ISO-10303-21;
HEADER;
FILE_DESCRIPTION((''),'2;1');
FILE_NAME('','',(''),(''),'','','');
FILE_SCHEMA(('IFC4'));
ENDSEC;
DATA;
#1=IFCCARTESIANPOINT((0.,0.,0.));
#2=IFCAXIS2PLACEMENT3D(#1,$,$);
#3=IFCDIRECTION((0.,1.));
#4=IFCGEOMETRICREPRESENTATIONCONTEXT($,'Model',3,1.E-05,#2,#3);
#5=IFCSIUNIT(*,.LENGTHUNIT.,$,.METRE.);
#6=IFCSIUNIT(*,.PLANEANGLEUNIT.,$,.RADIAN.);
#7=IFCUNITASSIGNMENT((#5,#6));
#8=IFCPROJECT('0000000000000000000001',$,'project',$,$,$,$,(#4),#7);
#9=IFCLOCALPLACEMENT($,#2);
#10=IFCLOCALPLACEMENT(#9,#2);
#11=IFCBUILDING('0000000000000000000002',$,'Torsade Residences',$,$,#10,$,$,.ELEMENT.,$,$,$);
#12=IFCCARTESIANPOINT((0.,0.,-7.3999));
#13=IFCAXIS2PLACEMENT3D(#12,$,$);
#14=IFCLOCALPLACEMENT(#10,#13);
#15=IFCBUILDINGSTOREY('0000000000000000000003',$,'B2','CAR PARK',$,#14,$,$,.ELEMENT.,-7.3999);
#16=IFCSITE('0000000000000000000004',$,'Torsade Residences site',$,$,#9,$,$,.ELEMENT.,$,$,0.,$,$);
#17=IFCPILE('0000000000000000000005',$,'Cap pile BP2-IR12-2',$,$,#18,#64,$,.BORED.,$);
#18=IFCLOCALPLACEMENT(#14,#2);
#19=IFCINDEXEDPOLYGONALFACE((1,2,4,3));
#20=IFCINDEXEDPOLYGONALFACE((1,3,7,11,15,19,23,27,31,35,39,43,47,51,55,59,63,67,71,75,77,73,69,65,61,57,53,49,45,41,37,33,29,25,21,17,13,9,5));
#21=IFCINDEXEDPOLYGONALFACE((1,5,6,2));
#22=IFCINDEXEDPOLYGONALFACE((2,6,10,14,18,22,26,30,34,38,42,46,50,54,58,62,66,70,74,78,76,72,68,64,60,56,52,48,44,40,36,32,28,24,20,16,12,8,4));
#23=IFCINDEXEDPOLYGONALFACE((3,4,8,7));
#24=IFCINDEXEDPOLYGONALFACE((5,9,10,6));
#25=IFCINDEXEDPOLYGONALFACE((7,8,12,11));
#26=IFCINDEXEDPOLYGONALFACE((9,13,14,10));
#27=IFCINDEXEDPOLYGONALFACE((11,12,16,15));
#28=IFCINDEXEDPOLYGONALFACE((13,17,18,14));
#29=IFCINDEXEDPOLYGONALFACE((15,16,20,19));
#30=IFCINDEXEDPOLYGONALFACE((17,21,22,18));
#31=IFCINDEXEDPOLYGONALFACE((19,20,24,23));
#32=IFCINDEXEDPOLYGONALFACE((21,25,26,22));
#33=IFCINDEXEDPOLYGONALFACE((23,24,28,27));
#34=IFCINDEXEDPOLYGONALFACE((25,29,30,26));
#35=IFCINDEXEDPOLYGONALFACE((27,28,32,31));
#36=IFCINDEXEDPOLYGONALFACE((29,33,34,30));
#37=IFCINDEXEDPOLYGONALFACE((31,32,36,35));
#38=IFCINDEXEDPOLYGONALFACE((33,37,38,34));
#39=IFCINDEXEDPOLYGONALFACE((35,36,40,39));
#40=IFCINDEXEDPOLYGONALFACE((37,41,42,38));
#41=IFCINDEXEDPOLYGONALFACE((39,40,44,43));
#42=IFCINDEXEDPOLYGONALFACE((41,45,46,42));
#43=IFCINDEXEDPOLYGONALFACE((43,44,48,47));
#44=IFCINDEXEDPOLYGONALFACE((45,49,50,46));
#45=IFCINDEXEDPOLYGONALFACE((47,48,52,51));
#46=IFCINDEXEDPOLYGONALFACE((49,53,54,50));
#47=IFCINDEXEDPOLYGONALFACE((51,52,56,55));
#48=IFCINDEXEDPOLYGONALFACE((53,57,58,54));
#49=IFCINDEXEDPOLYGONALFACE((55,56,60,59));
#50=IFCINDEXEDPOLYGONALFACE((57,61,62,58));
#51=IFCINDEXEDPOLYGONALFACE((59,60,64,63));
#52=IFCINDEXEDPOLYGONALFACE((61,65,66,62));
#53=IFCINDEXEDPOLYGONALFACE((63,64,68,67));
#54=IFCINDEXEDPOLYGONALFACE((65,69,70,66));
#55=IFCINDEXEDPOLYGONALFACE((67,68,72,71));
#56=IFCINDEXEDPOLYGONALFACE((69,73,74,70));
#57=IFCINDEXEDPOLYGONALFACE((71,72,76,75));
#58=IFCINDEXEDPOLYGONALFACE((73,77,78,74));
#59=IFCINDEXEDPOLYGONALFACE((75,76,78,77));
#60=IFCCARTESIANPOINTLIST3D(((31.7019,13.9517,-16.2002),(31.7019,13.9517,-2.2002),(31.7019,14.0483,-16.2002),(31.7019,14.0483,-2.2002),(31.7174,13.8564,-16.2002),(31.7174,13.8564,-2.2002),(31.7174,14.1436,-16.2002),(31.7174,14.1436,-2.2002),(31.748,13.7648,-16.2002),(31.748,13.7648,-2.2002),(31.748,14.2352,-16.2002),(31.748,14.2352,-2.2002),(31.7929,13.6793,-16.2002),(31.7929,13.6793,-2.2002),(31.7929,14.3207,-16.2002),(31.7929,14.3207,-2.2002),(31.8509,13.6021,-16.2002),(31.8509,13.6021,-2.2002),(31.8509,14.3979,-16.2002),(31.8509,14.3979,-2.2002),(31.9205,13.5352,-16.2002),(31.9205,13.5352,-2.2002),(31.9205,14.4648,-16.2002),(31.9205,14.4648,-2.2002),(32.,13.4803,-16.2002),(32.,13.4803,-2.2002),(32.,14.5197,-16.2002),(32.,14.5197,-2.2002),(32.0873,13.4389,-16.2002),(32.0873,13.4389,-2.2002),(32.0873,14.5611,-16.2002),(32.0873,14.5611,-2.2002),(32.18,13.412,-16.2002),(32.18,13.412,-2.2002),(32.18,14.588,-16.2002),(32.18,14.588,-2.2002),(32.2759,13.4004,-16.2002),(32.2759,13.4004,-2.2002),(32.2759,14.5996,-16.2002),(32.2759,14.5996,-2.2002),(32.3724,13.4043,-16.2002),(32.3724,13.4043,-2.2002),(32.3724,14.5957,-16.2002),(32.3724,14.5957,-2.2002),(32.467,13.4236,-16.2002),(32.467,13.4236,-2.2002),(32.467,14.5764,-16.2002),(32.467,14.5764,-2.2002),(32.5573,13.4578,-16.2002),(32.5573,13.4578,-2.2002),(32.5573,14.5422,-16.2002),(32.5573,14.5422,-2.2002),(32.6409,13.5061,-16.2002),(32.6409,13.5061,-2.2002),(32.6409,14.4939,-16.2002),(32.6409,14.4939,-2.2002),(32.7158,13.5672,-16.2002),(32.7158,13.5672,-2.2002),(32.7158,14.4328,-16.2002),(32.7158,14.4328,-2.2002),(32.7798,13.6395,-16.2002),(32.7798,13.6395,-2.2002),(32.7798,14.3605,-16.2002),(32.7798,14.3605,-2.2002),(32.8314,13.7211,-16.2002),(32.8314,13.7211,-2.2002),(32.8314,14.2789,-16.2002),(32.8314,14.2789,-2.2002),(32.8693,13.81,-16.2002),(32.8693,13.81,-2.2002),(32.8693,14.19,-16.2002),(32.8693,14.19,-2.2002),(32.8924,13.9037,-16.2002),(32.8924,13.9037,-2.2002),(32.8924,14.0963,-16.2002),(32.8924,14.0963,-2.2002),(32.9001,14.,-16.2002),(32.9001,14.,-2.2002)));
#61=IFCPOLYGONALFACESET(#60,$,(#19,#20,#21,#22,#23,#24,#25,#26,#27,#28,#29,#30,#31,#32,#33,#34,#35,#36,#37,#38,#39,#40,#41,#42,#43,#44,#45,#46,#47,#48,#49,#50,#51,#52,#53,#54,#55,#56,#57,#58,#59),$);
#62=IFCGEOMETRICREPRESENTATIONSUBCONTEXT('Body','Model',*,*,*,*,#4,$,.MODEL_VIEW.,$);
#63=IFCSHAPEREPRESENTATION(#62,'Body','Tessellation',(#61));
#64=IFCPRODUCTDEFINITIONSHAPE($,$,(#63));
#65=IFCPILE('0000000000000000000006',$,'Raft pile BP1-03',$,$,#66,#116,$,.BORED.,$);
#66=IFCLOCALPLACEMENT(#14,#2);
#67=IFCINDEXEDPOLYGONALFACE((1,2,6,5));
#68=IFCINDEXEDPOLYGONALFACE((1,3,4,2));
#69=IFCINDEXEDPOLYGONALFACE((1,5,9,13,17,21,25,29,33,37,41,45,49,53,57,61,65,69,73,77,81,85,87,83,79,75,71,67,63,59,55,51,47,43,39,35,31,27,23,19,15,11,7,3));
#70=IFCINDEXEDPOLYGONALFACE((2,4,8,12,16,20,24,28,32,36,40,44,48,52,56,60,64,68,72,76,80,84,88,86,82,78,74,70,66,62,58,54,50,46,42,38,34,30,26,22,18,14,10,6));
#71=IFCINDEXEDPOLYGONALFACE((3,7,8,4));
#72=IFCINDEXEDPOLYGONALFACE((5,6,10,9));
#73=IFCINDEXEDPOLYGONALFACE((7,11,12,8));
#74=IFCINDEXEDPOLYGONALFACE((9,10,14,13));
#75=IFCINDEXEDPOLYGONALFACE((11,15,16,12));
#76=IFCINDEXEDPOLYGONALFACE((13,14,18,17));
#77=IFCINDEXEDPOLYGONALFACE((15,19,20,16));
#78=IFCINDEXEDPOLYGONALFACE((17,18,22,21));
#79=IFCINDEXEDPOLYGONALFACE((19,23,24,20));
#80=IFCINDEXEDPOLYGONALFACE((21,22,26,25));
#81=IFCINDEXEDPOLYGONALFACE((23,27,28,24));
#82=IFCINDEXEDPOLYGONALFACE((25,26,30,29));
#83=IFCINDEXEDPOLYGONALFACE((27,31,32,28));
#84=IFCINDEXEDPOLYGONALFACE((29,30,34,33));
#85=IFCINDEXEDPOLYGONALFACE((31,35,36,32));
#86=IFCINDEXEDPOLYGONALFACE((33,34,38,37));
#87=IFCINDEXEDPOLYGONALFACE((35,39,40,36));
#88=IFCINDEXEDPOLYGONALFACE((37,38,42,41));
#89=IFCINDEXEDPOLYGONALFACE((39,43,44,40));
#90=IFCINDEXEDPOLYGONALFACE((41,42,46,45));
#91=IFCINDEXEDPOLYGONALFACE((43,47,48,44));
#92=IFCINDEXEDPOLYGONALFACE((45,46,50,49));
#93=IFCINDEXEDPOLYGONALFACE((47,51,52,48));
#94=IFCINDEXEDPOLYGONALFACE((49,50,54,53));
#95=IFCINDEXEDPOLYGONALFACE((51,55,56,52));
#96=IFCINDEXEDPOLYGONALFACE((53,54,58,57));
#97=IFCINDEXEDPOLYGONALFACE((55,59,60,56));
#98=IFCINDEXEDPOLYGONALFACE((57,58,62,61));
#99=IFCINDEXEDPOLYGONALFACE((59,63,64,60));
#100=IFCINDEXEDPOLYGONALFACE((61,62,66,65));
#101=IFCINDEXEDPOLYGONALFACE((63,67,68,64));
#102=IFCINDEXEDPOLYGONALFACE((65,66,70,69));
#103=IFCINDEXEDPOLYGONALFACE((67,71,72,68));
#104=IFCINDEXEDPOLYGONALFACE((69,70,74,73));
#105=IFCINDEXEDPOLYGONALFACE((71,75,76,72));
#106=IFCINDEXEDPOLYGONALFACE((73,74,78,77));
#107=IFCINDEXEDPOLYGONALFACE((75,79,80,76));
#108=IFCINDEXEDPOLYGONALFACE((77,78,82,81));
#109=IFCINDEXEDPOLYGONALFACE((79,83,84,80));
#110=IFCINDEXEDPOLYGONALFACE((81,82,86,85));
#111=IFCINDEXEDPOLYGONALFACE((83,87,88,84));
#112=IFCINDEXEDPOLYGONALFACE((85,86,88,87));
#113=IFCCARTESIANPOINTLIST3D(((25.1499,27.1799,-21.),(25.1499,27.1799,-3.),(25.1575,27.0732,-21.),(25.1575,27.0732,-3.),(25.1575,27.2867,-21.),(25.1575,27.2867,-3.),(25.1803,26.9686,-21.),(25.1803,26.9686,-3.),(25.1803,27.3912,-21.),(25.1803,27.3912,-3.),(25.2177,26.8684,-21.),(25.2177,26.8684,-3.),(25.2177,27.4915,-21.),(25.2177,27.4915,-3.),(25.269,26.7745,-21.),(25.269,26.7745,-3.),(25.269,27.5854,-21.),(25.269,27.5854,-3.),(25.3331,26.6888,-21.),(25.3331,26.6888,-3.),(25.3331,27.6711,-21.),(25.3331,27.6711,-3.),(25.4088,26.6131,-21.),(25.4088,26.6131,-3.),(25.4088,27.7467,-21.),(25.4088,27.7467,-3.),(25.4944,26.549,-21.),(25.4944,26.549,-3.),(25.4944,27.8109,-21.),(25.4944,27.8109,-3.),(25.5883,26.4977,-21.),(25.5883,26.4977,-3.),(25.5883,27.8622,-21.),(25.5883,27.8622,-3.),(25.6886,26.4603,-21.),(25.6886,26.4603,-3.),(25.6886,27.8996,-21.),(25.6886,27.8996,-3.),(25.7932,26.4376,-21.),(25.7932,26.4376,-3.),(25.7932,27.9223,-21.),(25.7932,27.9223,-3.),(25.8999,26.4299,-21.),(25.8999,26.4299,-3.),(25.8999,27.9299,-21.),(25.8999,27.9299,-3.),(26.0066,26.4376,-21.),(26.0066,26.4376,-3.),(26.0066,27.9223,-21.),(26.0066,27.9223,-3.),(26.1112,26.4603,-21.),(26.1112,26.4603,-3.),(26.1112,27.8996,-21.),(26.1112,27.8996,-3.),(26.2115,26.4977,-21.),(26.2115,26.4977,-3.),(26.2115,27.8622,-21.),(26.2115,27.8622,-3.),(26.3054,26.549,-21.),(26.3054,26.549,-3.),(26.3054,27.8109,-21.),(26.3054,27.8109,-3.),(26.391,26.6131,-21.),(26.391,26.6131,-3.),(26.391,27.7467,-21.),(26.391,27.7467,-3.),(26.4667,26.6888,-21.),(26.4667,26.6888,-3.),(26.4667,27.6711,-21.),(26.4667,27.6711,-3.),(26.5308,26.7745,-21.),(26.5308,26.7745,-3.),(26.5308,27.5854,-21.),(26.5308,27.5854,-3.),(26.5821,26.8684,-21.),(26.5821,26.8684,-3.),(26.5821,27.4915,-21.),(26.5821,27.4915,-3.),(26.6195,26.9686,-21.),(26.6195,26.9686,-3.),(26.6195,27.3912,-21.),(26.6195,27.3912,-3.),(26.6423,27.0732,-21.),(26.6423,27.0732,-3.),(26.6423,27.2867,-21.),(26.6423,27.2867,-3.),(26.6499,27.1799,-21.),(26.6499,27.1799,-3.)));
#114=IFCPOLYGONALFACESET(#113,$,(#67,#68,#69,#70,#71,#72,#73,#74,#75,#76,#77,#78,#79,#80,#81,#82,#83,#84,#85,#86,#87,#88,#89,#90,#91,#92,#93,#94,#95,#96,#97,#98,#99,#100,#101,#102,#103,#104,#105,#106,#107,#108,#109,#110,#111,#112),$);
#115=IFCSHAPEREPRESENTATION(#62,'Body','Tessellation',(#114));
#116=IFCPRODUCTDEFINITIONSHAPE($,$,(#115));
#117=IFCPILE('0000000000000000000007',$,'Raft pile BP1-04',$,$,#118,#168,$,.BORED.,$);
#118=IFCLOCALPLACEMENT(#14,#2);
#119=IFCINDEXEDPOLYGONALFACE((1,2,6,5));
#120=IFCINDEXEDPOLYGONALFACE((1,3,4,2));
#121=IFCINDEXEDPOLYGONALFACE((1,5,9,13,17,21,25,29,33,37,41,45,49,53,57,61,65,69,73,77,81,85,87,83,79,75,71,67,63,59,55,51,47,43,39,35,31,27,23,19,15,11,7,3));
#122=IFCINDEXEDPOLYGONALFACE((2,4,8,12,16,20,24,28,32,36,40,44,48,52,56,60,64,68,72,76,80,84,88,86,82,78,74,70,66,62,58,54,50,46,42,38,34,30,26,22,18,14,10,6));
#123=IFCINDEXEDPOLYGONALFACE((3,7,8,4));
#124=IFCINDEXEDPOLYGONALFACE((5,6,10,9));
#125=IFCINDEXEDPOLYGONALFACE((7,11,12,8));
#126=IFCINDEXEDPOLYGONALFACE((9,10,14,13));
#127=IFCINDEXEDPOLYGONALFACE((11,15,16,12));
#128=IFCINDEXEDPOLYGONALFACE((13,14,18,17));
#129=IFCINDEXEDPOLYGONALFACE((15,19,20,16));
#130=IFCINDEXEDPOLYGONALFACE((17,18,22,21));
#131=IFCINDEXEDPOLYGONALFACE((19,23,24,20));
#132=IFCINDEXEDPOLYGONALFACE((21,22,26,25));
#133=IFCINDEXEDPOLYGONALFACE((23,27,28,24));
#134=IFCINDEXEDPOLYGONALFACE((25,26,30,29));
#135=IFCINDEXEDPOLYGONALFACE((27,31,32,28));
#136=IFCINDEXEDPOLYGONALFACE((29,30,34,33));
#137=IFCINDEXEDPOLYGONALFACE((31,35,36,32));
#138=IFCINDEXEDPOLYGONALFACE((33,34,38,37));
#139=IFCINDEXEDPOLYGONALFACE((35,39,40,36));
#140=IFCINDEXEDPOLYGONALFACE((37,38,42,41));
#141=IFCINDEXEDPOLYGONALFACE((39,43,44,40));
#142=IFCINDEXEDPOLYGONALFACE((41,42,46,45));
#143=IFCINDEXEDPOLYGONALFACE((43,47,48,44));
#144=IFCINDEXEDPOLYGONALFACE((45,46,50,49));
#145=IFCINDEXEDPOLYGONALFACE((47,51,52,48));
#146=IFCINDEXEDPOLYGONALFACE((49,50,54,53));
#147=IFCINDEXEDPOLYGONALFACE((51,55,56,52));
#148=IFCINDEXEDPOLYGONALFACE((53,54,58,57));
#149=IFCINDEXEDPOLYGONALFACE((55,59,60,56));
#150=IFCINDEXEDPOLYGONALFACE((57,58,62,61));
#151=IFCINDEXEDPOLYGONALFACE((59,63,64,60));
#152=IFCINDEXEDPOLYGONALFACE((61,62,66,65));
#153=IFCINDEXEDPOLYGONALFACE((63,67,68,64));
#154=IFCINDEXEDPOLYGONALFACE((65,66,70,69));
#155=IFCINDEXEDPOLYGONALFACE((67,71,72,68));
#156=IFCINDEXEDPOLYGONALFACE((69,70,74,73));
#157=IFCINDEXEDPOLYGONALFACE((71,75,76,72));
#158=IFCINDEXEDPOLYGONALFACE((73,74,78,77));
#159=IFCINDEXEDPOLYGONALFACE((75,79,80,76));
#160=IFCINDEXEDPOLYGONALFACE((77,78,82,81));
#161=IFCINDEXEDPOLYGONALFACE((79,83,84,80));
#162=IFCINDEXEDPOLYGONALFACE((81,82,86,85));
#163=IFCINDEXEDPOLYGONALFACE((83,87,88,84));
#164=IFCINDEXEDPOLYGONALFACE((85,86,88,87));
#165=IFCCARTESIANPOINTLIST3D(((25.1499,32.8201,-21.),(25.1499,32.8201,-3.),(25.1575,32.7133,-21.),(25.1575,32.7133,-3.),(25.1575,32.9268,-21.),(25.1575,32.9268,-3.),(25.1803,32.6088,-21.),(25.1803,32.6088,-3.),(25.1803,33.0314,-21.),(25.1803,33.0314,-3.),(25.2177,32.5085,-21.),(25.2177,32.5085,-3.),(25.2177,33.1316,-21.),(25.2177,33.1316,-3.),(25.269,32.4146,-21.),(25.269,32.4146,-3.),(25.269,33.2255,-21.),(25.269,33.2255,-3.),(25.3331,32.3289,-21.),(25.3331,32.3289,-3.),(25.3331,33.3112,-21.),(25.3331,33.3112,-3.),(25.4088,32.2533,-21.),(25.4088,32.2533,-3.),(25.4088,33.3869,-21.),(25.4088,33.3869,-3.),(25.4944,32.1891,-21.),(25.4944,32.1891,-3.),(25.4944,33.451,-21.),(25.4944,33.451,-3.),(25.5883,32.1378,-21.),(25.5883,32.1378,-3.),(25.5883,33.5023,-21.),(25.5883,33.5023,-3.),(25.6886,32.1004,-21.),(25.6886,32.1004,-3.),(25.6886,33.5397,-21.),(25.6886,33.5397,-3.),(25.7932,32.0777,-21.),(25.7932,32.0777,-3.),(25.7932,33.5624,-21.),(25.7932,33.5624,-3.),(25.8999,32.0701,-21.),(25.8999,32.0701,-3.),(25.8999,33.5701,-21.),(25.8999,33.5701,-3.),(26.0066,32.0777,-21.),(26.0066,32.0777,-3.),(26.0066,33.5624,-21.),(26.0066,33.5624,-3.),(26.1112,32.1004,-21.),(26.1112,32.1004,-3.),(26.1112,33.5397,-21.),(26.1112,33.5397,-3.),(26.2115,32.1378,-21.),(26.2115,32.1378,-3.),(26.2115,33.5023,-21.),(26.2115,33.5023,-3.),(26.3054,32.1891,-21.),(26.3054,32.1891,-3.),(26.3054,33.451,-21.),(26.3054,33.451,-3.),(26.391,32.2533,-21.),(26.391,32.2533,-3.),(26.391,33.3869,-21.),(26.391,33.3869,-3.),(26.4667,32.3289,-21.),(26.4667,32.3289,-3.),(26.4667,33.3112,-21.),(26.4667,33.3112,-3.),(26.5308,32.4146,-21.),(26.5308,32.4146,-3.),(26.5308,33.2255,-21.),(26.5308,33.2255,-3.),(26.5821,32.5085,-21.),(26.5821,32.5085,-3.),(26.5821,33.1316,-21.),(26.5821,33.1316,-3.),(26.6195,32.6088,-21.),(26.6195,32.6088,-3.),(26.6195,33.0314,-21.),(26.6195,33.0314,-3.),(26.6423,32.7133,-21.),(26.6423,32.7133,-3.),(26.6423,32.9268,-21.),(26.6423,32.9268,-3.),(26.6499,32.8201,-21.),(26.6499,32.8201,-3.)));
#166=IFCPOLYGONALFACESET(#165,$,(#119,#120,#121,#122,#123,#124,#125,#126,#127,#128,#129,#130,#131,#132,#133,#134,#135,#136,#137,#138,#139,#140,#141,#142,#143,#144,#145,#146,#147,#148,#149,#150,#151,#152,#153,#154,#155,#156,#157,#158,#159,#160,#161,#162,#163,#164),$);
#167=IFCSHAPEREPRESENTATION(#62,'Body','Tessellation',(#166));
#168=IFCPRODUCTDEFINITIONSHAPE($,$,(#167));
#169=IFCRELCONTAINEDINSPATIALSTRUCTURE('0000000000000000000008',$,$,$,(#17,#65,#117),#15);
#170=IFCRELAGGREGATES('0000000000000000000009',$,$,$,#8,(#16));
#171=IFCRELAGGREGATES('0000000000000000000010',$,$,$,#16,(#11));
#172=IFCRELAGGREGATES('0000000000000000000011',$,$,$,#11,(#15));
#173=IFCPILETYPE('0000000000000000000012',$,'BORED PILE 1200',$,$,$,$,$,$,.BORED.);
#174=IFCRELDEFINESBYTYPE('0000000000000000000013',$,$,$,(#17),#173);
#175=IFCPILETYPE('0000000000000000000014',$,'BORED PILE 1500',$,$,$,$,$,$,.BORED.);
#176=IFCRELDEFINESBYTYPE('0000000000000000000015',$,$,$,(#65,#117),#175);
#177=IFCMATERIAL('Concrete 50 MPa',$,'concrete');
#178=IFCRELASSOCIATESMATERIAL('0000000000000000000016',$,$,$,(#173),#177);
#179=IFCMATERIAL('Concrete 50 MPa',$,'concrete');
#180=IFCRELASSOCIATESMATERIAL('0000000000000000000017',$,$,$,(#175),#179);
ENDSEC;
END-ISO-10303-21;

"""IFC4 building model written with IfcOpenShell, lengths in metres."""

from ifc_helpers import new_model, si_unit, direction, frame, origin, origin_2d, place, context, subcontext, project, spatial, circle, extrude, material, type_object, element, save


model = new_model("IFC4")

# Units and contexts
model_context = context("Model", 3, precision=1e-05, world=origin(), true_north=direction((0.0, 1.0)))
body_context = subcontext(model_context, "Body", "Model", "MODEL_VIEW")
ifc_project = project(units=[si_unit("LENGTHUNIT", "METRE"), si_unit("PLANEANGLEUNIT", "RADIAN")], contexts=[model_context])

# Site, building, storey
site_placement = place(None, origin())
site = spatial("IfcSite", under=ifc_project, at=site_placement, Name="Torsade Residences site", CompositionType="ELEMENT", RefElevation=0.0)
building_placement = place(site_placement, origin())
building = spatial("IfcBuilding", under=site, at=building_placement, Name="Torsade Residences", CompositionType="ELEMENT")
storey_placement = place(building_placement, frame((0.0, 0.0, -7.3999)))
storey = spatial("IfcBuildingStorey", under=building, at=storey_placement, Name="B2", Description="CAR PARK", CompositionType="ELEMENT", Elevation=-7.3999)

# Piles
ifc_material_1 = material(Name="Concrete 50 MPa", Category="concrete")
pile_type_1 = type_object("IfcPileType", Name="BORED PILE 1200", PredefinedType="BORED", material=ifc_material_1)
pile_placement = place(storey_placement, frame((32.3, 14.0, -2.2002), z_axis=(0.0, 0.0, -1.0), x_axis=(1.0, 0.0, 0.0)))
element("IfcPile", 1, at=pile_placement, inside=storey, type_object=pile_type_1, Name="Cap pile BP2-IR12-2", PredefinedType="BORED", context=body_context, shape_type="SweptSolid", body=[
    extrude(circle(Radius=0.6001, at=origin_2d()), origin(), (0.0, 0.0, 1.0), 14.0),
])
ifc_material_2 = material(Name="Concrete 50 MPa", Category="concrete")
pile_type_2 = type_object("IfcPileType", Name="BORED PILE 1500", PredefinedType="BORED", material=ifc_material_2)
for number, where, z_axis, x_axis, name in (
    (2, (25.8999, 27.1799, -3.0), (0.0, 0.0, -1.0), (1.0, 0.0, 0.0), "Raft pile BP1-03"),
    (3, (25.8999, 32.8201, -3.0), (0.0, 0.0, -1.0), (1.0, 0.0, 0.0), "Raft pile BP1-04"),
):
    element("IfcPile", number, at=place(storey_placement, frame(where, z_axis=z_axis, x_axis=x_axis)), inside=storey, type_object=pile_type_2, Name=name, PredefinedType="BORED", context=body_context, shape_type="SweptSolid", body=[
        extrude(circle(Radius=0.75, at=origin_2d()), origin(), (0.0, 0.0, 1.0), 18.0),
    ])

save(model, "model.ifc")
